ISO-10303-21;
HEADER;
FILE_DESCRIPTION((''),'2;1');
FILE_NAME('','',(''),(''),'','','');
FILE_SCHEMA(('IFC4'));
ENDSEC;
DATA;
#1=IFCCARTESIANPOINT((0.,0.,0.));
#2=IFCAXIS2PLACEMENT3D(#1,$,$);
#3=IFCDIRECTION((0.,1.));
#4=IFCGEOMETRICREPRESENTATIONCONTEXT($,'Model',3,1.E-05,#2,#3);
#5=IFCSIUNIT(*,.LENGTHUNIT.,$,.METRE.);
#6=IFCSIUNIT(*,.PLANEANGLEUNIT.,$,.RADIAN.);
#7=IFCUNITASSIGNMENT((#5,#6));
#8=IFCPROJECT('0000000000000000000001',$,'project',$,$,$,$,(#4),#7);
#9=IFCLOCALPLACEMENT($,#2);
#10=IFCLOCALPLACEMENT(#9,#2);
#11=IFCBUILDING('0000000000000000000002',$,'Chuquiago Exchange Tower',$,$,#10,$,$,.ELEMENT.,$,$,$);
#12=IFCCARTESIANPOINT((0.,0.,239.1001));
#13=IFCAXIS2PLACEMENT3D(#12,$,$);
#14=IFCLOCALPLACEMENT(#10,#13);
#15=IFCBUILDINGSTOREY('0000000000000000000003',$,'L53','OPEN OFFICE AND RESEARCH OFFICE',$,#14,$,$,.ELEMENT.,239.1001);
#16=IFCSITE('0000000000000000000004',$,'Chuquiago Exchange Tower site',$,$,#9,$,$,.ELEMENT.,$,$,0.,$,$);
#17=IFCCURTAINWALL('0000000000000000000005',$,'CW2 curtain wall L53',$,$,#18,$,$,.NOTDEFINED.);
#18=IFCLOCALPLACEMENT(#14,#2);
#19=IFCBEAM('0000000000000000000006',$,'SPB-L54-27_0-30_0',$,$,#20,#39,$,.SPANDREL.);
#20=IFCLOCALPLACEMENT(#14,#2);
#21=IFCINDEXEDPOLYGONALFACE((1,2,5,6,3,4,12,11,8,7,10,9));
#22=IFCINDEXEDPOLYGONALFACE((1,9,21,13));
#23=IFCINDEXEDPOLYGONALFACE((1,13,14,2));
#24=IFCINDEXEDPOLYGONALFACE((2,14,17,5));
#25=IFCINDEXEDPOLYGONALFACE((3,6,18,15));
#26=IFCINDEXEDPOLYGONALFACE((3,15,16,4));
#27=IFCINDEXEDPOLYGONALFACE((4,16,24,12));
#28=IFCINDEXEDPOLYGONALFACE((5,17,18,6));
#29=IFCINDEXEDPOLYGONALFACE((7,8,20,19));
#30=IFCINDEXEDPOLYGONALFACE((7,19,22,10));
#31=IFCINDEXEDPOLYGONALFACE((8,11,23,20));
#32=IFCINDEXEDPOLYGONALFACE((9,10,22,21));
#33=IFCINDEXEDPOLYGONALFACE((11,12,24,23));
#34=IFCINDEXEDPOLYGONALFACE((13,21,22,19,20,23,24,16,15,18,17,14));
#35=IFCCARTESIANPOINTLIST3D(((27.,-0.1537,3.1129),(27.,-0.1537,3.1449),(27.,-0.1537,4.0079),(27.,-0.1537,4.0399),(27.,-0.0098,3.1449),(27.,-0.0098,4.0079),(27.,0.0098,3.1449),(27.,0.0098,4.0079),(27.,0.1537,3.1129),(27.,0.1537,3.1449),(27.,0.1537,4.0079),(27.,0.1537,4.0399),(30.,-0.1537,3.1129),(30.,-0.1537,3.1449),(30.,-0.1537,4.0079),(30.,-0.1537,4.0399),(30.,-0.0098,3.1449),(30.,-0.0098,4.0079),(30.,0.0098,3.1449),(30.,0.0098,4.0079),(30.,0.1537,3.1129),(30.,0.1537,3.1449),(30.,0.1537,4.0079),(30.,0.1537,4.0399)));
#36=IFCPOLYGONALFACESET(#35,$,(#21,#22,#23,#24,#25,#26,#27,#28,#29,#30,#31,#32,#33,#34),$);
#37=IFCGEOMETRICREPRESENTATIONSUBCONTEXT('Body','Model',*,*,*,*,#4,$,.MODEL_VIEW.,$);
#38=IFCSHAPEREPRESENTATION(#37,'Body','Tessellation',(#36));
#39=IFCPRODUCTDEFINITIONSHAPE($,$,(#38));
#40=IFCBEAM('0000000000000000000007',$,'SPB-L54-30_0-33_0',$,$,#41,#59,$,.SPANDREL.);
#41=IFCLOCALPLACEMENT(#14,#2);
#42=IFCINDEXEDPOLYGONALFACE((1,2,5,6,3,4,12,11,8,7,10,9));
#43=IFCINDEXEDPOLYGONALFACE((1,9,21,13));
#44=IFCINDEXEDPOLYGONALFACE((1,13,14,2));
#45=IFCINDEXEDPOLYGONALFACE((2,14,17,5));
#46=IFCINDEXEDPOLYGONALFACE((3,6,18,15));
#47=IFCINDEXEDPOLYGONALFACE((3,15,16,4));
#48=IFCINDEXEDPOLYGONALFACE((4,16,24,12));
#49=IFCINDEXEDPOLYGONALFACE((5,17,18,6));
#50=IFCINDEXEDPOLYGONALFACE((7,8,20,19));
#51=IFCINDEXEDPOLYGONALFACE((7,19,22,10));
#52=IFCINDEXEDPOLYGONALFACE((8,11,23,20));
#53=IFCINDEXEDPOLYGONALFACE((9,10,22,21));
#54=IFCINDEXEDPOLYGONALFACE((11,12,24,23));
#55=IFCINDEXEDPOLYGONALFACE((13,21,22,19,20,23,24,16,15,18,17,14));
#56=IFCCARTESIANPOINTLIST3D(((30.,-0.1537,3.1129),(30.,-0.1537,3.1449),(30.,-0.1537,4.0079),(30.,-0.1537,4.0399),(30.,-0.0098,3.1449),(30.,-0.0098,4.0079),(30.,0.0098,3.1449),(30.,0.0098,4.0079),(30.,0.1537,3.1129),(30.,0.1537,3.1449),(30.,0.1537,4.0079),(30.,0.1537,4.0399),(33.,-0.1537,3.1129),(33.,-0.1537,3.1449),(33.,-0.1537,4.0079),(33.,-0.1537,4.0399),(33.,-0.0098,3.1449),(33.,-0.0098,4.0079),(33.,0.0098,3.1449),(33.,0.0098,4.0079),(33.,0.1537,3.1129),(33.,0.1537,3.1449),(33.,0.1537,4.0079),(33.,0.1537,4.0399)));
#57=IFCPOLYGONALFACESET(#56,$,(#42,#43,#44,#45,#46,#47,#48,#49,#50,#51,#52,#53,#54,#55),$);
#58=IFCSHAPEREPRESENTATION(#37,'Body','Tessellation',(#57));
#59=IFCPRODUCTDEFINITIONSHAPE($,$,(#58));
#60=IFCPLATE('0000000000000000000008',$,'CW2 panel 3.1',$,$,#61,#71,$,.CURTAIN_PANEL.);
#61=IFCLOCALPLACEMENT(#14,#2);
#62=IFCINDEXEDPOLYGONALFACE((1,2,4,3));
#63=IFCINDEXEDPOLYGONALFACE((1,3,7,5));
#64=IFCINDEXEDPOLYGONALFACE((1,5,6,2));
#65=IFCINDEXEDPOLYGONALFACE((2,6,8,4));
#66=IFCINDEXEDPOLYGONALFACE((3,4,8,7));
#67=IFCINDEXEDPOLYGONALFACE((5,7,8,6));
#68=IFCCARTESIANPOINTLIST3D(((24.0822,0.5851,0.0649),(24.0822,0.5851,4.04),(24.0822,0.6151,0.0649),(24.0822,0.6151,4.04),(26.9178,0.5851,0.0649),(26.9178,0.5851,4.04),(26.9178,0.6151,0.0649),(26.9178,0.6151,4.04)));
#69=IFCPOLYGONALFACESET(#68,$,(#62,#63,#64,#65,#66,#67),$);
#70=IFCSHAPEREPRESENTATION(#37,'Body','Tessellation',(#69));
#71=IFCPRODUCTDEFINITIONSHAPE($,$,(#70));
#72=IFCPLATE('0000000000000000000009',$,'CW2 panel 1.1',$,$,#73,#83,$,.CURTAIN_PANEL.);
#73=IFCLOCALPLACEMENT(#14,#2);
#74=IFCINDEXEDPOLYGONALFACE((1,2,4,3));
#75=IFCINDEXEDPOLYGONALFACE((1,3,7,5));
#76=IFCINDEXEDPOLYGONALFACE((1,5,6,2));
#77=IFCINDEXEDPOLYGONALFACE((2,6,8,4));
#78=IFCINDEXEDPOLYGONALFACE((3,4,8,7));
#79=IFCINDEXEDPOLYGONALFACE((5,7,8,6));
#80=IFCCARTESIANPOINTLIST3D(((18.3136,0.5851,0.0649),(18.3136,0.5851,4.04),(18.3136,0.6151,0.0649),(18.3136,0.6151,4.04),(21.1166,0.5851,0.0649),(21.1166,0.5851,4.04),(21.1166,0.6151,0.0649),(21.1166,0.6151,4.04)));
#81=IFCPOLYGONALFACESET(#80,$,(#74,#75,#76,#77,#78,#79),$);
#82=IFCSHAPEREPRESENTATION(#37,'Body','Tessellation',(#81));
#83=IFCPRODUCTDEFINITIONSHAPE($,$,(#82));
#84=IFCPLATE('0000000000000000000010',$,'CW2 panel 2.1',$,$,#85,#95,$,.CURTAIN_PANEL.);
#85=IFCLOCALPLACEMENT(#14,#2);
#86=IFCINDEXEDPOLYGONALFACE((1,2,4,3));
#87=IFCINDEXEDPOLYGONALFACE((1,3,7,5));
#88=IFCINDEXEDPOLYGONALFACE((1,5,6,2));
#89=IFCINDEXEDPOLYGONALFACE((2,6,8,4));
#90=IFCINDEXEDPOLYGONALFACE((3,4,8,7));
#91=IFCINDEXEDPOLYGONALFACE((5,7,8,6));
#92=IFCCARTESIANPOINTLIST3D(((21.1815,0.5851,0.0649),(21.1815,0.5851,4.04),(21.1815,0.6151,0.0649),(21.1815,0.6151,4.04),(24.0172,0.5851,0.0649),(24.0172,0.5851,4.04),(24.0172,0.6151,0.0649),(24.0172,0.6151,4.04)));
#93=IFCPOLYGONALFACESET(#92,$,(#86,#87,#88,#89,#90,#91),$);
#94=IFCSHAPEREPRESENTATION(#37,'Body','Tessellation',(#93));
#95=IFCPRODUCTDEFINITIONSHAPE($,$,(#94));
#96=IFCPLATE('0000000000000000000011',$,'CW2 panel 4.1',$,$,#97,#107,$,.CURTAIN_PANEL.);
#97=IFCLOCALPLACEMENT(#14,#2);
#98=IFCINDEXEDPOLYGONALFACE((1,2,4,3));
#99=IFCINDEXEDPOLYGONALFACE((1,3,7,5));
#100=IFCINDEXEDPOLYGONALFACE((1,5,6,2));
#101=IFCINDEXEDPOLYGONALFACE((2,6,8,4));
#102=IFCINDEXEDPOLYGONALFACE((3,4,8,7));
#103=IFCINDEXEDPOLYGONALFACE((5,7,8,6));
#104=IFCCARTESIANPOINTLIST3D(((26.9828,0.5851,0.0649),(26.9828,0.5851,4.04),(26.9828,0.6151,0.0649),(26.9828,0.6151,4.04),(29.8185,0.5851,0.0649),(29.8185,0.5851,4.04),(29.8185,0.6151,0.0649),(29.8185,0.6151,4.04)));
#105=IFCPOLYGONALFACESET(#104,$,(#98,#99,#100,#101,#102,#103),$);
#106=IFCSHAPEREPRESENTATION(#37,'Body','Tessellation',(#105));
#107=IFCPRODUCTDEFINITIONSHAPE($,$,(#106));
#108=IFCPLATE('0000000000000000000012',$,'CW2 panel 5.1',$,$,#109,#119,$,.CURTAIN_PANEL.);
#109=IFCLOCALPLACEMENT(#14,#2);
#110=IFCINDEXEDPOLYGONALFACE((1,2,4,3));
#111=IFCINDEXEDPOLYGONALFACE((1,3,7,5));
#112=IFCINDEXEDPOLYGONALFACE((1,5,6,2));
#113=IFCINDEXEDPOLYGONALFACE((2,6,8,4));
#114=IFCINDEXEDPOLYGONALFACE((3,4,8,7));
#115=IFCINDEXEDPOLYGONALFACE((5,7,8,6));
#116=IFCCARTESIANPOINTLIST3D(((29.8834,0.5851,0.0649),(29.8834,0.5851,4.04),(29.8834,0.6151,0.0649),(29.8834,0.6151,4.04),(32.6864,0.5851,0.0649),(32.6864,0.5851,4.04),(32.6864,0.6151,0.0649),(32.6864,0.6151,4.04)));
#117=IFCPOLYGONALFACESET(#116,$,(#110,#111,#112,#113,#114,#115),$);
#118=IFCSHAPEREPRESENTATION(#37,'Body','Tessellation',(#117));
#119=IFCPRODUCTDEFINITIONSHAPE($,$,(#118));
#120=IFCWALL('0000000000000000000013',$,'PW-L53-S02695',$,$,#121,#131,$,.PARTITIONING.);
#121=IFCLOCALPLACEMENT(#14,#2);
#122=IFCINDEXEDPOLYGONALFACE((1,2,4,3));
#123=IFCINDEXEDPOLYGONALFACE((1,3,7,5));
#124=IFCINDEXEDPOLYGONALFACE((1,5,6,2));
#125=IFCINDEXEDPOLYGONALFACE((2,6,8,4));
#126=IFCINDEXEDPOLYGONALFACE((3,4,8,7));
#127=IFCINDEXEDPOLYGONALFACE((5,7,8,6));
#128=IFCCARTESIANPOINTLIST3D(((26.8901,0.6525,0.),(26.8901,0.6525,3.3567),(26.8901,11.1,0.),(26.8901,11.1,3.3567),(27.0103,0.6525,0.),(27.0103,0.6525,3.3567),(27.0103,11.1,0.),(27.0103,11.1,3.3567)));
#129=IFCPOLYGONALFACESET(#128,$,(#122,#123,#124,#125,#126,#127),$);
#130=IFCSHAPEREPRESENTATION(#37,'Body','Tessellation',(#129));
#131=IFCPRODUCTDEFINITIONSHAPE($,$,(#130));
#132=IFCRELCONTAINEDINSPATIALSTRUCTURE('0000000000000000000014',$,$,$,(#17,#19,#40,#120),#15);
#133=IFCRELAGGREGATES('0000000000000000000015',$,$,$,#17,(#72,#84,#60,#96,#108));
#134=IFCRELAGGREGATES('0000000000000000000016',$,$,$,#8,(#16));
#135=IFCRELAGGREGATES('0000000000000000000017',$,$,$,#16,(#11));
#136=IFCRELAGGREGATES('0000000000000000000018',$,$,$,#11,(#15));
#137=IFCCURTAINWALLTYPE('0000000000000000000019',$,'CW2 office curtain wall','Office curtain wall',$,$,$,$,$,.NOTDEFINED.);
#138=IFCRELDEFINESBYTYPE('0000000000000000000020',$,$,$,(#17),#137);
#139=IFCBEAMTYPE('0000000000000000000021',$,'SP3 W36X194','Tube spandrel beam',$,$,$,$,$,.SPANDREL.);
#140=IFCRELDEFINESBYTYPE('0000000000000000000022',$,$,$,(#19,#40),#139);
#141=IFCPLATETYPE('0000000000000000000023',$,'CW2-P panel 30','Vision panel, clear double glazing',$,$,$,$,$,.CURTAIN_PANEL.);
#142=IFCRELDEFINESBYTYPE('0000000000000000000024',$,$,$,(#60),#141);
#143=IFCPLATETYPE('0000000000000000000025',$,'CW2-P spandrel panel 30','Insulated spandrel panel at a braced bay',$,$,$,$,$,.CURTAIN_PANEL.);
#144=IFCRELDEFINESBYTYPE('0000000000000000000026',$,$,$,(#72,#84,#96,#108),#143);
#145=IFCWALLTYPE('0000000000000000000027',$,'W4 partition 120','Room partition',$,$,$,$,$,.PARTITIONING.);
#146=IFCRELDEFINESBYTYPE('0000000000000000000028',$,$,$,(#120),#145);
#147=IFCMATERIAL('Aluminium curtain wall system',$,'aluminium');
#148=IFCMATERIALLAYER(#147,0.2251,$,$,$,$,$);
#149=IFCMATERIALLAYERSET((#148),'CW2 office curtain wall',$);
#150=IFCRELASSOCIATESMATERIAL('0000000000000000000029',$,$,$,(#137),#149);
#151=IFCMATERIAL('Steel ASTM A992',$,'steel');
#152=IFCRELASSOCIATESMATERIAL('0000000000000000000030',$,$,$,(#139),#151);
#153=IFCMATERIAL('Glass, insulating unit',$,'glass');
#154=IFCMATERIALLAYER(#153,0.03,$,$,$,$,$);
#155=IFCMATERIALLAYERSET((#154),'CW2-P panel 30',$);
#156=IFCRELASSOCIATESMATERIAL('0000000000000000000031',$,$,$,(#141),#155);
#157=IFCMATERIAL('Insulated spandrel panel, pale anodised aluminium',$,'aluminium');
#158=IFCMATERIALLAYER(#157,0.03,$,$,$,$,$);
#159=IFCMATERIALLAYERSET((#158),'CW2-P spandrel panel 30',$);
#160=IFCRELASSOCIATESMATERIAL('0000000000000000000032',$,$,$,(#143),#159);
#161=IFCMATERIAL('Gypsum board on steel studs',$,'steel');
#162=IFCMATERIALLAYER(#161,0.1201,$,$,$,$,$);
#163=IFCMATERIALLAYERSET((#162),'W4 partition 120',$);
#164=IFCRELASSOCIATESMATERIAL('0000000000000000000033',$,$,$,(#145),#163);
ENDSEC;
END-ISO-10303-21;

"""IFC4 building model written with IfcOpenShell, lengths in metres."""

from ifc_helpers import new_model, si_unit, direction, frame, frame_2d, origin, origin_2d, place, context, subcontext, project, spatial, rectangle, i_section, extrude, material, layer, layer_set, material_profile, profile_set, type_object, element, aggregate, save


model = new_model("IFC4")

# Units and contexts
model_context = context("Model", 3, precision=1e-05, world=origin(), true_north=direction((0.0, 1.0)))
body_context = subcontext(model_context, "Body", "Model", "MODEL_VIEW")
ifc_project = project(units=[si_unit("LENGTHUNIT", "METRE"), si_unit("PLANEANGLEUNIT", "RADIAN")], contexts=[model_context])

# Site, building, storey
site_placement = place(None, origin())
site = spatial("IfcSite", under=ifc_project, at=site_placement, Name="Chuquiago Exchange Tower site", CompositionType="ELEMENT", RefElevation=0.0)
building_placement = place(site_placement, origin())
building = spatial("IfcBuilding", under=site, at=building_placement, Name="Chuquiago Exchange Tower", CompositionType="ELEMENT")
storey_placement = place(building_placement, frame((0.0, 0.0, 239.1001)))
storey = spatial("IfcBuildingStorey", under=building, at=storey_placement, Name="L53", Description="OPEN OFFICE AND RESEARCH OFFICE", CompositionType="ELEMENT", Elevation=239.1001)

# Curtain wall
ifc_material_1 = material(Name="Aluminium curtain wall system", Category="aluminium")
ifc_layer_1 = layer(ifc_material_1, 0.2251)
ifc_layer_set_1 = layer_set([ifc_layer_1], Name="CW2 office curtain wall")
curtain_wall_type_1 = type_object("IfcCurtainWallType", Name="CW2 office curtain wall", Description="Office curtain wall", PredefinedType="NOTDEFINED", material=ifc_layer_set_1)
curtain_wall_1_placement = place(storey_placement, origin())
curtain_wall_1 = element("IfcCurtainWall", 1, at=curtain_wall_1_placement, inside=storey, type_object=curtain_wall_type_1, Name="CW2 curtain wall L53", PredefinedType="NOTDEFINED")

# Beams
ifc_material_2 = material(Name="Steel ASTM A992", Category="steel")
ifc_material_profile_1 = material_profile(ifc_material_2, i_section(OverallWidth=0.3074, OverallDepth=0.927, WebThickness=0.0195, FlangeThickness=0.032, at=origin_2d()), Name="W36X194")
ifc_profile_set_1 = profile_set([ifc_material_profile_1], Name="Steel ASTM A992")
beam_type = type_object("IfcBeamType", Name="SP3 W36X194", Description="Tube spandrel beam", PredefinedType="SPANDREL", material=ifc_profile_set_1)
for number, where, z_axis, x_axis, name in (
    (2, (27.0, 0.0, 3.5764), (1.0, 0.0, 0.0), (0.0, 1.0, 0.0), "SPB-L54-27_0-30_0"),
    (3, (30.0, 0.0, 3.5764), (1.0, 0.0, 0.0), (0.0, 1.0, 0.0), "SPB-L54-30_0-33_0"),
):
    element("IfcBeam", number, at=place(storey_placement, frame(where, z_axis=z_axis, x_axis=x_axis)), inside=storey, type_object=beam_type, Name=name, PredefinedType="SPANDREL", context=body_context, shape_type="SweptSolid", body=[
        extrude(i_section(OverallWidth=0.3074, OverallDepth=0.927, WebThickness=0.0195, FlangeThickness=0.032, at=origin_2d()), origin(), (0.0, 0.0, 1.0), 3.0),
    ])

# Plates
ifc_material_3 = material(Name="Glass, insulating unit", Category="glass")
ifc_layer_2 = layer(ifc_material_3, 0.03)
ifc_layer_set_2 = layer_set([ifc_layer_2], Name="CW2-P panel 30")
plate_type_1 = type_object("IfcPlateType", Name="CW2-P panel 30", Description="Vision panel, clear double glazing", PredefinedType="CURTAIN_PANEL", material=ifc_layer_set_2)
plate_1_placement = place(storey_placement, frame((25.5, 0.6001, 0.0649), z_axis=(0.0, 0.0, 1.0), x_axis=(1.0, 0.0, 0.0)))
plate_1 = element("IfcPlate", 4, at=plate_1_placement, type_object=plate_type_1, Name="CW2 panel 3.1", PredefinedType="CURTAIN_PANEL", context=body_context, shape_type="SweptSolid", body=[
    extrude(rectangle(XDim=2.8357, YDim=0.03, at=origin_2d()), origin(), (0.0, 0.0, 1.0), 3.9751),
])
ifc_material_4 = material(Name="Insulated spandrel panel, pale anodised aluminium", Category="aluminium")
ifc_layer_3 = layer(ifc_material_4, 0.03)
ifc_layer_set_3 = layer_set([ifc_layer_3], Name="CW2-P spandrel panel 30")
plate_type_2 = type_object("IfcPlateType", Name="CW2-P spandrel panel 30", Description="Insulated spandrel panel at a braced bay", PredefinedType="CURTAIN_PANEL", material=ifc_layer_set_3)
plate_2_placement = place(storey_placement, frame((19.7151, 0.6001, 0.0649), z_axis=(0.0, 0.0, 1.0), x_axis=(1.0, 0.0, 0.0)))
plate_2 = element("IfcPlate", 5, at=plate_2_placement, type_object=plate_type_2, Name="CW2 panel 1.1", PredefinedType="CURTAIN_PANEL", context=body_context, shape_type="SweptSolid", body=[
    extrude(rectangle(XDim=2.803, YDim=0.03, at=origin_2d()), origin(), (0.0, 0.0, 1.0), 3.9751),
])
plate_3_placement = place(storey_placement, frame((22.5994, 0.6001, 0.0649), z_axis=(0.0, 0.0, 1.0), x_axis=(1.0, 0.0, 0.0)))
plate_3 = element("IfcPlate", 6, at=plate_3_placement, type_object=plate_type_2, Name="CW2 panel 2.1", PredefinedType="CURTAIN_PANEL", context=body_context, shape_type="SweptSolid", body=[
    extrude(rectangle(XDim=2.8357, YDim=0.03, at=origin_2d()), origin(), (0.0, 0.0, 1.0), 3.9751),
])
plate_4_placement = place(storey_placement, frame((28.4006, 0.6001, 0.0649), z_axis=(0.0, 0.0, 1.0), x_axis=(1.0, 0.0, 0.0)))
plate_4 = element("IfcPlate", 7, at=plate_4_placement, type_object=plate_type_2, Name="CW2 panel 4.1", PredefinedType="CURTAIN_PANEL", context=body_context, shape_type="SweptSolid", body=[
    extrude(rectangle(XDim=2.8357, YDim=0.03, at=origin_2d()), origin(), (0.0, 0.0, 1.0), 3.9751),
])
plate_5_placement = place(storey_placement, frame((31.2849, 0.6001, 0.0649), z_axis=(0.0, 0.0, 1.0), x_axis=(1.0, 0.0, 0.0)))
plate_5 = element("IfcPlate", 8, at=plate_5_placement, type_object=plate_type_2, Name="CW2 panel 5.1", PredefinedType="CURTAIN_PANEL", context=body_context, shape_type="SweptSolid", body=[
    extrude(rectangle(XDim=2.803, YDim=0.03, at=origin_2d()), origin(), (0.0, 0.0, 1.0), 3.9751),
])
aggregate(curtain_wall_1, [plate_2, plate_3, plate_1, plate_4, plate_5])

# Wall
ifc_material_5 = material(Name="Gypsum board on steel studs", Category="steel")
ifc_layer_4 = layer(ifc_material_5, 0.1201)
ifc_layer_set_4 = layer_set([ifc_layer_4], Name="W4 partition 120")
wall_type = type_object("IfcWallType", Name="W4 partition 120", Description="Room partition", PredefinedType="PARTITIONING", material=ifc_layer_set_4)
wall_placement = place(storey_placement, frame((26.9502, 0.6526, 0.0), z_axis=(0.0, 0.0, 1.0), x_axis=(0.0, 1.0, 0.0)))
element("IfcWall", 9, at=wall_placement, inside=storey, type_object=wall_type, Name="PW-L53-S02695", PredefinedType="PARTITIONING", context=body_context, shape_type="SweptSolid", body=[
    extrude(rectangle(XDim=10.4475, YDim=0.1201, at=frame_2d((5.2236, 0.0))), origin(), (0.0, 0.0, 1.0), 3.3567),
])

save(model, "model.ifc")
